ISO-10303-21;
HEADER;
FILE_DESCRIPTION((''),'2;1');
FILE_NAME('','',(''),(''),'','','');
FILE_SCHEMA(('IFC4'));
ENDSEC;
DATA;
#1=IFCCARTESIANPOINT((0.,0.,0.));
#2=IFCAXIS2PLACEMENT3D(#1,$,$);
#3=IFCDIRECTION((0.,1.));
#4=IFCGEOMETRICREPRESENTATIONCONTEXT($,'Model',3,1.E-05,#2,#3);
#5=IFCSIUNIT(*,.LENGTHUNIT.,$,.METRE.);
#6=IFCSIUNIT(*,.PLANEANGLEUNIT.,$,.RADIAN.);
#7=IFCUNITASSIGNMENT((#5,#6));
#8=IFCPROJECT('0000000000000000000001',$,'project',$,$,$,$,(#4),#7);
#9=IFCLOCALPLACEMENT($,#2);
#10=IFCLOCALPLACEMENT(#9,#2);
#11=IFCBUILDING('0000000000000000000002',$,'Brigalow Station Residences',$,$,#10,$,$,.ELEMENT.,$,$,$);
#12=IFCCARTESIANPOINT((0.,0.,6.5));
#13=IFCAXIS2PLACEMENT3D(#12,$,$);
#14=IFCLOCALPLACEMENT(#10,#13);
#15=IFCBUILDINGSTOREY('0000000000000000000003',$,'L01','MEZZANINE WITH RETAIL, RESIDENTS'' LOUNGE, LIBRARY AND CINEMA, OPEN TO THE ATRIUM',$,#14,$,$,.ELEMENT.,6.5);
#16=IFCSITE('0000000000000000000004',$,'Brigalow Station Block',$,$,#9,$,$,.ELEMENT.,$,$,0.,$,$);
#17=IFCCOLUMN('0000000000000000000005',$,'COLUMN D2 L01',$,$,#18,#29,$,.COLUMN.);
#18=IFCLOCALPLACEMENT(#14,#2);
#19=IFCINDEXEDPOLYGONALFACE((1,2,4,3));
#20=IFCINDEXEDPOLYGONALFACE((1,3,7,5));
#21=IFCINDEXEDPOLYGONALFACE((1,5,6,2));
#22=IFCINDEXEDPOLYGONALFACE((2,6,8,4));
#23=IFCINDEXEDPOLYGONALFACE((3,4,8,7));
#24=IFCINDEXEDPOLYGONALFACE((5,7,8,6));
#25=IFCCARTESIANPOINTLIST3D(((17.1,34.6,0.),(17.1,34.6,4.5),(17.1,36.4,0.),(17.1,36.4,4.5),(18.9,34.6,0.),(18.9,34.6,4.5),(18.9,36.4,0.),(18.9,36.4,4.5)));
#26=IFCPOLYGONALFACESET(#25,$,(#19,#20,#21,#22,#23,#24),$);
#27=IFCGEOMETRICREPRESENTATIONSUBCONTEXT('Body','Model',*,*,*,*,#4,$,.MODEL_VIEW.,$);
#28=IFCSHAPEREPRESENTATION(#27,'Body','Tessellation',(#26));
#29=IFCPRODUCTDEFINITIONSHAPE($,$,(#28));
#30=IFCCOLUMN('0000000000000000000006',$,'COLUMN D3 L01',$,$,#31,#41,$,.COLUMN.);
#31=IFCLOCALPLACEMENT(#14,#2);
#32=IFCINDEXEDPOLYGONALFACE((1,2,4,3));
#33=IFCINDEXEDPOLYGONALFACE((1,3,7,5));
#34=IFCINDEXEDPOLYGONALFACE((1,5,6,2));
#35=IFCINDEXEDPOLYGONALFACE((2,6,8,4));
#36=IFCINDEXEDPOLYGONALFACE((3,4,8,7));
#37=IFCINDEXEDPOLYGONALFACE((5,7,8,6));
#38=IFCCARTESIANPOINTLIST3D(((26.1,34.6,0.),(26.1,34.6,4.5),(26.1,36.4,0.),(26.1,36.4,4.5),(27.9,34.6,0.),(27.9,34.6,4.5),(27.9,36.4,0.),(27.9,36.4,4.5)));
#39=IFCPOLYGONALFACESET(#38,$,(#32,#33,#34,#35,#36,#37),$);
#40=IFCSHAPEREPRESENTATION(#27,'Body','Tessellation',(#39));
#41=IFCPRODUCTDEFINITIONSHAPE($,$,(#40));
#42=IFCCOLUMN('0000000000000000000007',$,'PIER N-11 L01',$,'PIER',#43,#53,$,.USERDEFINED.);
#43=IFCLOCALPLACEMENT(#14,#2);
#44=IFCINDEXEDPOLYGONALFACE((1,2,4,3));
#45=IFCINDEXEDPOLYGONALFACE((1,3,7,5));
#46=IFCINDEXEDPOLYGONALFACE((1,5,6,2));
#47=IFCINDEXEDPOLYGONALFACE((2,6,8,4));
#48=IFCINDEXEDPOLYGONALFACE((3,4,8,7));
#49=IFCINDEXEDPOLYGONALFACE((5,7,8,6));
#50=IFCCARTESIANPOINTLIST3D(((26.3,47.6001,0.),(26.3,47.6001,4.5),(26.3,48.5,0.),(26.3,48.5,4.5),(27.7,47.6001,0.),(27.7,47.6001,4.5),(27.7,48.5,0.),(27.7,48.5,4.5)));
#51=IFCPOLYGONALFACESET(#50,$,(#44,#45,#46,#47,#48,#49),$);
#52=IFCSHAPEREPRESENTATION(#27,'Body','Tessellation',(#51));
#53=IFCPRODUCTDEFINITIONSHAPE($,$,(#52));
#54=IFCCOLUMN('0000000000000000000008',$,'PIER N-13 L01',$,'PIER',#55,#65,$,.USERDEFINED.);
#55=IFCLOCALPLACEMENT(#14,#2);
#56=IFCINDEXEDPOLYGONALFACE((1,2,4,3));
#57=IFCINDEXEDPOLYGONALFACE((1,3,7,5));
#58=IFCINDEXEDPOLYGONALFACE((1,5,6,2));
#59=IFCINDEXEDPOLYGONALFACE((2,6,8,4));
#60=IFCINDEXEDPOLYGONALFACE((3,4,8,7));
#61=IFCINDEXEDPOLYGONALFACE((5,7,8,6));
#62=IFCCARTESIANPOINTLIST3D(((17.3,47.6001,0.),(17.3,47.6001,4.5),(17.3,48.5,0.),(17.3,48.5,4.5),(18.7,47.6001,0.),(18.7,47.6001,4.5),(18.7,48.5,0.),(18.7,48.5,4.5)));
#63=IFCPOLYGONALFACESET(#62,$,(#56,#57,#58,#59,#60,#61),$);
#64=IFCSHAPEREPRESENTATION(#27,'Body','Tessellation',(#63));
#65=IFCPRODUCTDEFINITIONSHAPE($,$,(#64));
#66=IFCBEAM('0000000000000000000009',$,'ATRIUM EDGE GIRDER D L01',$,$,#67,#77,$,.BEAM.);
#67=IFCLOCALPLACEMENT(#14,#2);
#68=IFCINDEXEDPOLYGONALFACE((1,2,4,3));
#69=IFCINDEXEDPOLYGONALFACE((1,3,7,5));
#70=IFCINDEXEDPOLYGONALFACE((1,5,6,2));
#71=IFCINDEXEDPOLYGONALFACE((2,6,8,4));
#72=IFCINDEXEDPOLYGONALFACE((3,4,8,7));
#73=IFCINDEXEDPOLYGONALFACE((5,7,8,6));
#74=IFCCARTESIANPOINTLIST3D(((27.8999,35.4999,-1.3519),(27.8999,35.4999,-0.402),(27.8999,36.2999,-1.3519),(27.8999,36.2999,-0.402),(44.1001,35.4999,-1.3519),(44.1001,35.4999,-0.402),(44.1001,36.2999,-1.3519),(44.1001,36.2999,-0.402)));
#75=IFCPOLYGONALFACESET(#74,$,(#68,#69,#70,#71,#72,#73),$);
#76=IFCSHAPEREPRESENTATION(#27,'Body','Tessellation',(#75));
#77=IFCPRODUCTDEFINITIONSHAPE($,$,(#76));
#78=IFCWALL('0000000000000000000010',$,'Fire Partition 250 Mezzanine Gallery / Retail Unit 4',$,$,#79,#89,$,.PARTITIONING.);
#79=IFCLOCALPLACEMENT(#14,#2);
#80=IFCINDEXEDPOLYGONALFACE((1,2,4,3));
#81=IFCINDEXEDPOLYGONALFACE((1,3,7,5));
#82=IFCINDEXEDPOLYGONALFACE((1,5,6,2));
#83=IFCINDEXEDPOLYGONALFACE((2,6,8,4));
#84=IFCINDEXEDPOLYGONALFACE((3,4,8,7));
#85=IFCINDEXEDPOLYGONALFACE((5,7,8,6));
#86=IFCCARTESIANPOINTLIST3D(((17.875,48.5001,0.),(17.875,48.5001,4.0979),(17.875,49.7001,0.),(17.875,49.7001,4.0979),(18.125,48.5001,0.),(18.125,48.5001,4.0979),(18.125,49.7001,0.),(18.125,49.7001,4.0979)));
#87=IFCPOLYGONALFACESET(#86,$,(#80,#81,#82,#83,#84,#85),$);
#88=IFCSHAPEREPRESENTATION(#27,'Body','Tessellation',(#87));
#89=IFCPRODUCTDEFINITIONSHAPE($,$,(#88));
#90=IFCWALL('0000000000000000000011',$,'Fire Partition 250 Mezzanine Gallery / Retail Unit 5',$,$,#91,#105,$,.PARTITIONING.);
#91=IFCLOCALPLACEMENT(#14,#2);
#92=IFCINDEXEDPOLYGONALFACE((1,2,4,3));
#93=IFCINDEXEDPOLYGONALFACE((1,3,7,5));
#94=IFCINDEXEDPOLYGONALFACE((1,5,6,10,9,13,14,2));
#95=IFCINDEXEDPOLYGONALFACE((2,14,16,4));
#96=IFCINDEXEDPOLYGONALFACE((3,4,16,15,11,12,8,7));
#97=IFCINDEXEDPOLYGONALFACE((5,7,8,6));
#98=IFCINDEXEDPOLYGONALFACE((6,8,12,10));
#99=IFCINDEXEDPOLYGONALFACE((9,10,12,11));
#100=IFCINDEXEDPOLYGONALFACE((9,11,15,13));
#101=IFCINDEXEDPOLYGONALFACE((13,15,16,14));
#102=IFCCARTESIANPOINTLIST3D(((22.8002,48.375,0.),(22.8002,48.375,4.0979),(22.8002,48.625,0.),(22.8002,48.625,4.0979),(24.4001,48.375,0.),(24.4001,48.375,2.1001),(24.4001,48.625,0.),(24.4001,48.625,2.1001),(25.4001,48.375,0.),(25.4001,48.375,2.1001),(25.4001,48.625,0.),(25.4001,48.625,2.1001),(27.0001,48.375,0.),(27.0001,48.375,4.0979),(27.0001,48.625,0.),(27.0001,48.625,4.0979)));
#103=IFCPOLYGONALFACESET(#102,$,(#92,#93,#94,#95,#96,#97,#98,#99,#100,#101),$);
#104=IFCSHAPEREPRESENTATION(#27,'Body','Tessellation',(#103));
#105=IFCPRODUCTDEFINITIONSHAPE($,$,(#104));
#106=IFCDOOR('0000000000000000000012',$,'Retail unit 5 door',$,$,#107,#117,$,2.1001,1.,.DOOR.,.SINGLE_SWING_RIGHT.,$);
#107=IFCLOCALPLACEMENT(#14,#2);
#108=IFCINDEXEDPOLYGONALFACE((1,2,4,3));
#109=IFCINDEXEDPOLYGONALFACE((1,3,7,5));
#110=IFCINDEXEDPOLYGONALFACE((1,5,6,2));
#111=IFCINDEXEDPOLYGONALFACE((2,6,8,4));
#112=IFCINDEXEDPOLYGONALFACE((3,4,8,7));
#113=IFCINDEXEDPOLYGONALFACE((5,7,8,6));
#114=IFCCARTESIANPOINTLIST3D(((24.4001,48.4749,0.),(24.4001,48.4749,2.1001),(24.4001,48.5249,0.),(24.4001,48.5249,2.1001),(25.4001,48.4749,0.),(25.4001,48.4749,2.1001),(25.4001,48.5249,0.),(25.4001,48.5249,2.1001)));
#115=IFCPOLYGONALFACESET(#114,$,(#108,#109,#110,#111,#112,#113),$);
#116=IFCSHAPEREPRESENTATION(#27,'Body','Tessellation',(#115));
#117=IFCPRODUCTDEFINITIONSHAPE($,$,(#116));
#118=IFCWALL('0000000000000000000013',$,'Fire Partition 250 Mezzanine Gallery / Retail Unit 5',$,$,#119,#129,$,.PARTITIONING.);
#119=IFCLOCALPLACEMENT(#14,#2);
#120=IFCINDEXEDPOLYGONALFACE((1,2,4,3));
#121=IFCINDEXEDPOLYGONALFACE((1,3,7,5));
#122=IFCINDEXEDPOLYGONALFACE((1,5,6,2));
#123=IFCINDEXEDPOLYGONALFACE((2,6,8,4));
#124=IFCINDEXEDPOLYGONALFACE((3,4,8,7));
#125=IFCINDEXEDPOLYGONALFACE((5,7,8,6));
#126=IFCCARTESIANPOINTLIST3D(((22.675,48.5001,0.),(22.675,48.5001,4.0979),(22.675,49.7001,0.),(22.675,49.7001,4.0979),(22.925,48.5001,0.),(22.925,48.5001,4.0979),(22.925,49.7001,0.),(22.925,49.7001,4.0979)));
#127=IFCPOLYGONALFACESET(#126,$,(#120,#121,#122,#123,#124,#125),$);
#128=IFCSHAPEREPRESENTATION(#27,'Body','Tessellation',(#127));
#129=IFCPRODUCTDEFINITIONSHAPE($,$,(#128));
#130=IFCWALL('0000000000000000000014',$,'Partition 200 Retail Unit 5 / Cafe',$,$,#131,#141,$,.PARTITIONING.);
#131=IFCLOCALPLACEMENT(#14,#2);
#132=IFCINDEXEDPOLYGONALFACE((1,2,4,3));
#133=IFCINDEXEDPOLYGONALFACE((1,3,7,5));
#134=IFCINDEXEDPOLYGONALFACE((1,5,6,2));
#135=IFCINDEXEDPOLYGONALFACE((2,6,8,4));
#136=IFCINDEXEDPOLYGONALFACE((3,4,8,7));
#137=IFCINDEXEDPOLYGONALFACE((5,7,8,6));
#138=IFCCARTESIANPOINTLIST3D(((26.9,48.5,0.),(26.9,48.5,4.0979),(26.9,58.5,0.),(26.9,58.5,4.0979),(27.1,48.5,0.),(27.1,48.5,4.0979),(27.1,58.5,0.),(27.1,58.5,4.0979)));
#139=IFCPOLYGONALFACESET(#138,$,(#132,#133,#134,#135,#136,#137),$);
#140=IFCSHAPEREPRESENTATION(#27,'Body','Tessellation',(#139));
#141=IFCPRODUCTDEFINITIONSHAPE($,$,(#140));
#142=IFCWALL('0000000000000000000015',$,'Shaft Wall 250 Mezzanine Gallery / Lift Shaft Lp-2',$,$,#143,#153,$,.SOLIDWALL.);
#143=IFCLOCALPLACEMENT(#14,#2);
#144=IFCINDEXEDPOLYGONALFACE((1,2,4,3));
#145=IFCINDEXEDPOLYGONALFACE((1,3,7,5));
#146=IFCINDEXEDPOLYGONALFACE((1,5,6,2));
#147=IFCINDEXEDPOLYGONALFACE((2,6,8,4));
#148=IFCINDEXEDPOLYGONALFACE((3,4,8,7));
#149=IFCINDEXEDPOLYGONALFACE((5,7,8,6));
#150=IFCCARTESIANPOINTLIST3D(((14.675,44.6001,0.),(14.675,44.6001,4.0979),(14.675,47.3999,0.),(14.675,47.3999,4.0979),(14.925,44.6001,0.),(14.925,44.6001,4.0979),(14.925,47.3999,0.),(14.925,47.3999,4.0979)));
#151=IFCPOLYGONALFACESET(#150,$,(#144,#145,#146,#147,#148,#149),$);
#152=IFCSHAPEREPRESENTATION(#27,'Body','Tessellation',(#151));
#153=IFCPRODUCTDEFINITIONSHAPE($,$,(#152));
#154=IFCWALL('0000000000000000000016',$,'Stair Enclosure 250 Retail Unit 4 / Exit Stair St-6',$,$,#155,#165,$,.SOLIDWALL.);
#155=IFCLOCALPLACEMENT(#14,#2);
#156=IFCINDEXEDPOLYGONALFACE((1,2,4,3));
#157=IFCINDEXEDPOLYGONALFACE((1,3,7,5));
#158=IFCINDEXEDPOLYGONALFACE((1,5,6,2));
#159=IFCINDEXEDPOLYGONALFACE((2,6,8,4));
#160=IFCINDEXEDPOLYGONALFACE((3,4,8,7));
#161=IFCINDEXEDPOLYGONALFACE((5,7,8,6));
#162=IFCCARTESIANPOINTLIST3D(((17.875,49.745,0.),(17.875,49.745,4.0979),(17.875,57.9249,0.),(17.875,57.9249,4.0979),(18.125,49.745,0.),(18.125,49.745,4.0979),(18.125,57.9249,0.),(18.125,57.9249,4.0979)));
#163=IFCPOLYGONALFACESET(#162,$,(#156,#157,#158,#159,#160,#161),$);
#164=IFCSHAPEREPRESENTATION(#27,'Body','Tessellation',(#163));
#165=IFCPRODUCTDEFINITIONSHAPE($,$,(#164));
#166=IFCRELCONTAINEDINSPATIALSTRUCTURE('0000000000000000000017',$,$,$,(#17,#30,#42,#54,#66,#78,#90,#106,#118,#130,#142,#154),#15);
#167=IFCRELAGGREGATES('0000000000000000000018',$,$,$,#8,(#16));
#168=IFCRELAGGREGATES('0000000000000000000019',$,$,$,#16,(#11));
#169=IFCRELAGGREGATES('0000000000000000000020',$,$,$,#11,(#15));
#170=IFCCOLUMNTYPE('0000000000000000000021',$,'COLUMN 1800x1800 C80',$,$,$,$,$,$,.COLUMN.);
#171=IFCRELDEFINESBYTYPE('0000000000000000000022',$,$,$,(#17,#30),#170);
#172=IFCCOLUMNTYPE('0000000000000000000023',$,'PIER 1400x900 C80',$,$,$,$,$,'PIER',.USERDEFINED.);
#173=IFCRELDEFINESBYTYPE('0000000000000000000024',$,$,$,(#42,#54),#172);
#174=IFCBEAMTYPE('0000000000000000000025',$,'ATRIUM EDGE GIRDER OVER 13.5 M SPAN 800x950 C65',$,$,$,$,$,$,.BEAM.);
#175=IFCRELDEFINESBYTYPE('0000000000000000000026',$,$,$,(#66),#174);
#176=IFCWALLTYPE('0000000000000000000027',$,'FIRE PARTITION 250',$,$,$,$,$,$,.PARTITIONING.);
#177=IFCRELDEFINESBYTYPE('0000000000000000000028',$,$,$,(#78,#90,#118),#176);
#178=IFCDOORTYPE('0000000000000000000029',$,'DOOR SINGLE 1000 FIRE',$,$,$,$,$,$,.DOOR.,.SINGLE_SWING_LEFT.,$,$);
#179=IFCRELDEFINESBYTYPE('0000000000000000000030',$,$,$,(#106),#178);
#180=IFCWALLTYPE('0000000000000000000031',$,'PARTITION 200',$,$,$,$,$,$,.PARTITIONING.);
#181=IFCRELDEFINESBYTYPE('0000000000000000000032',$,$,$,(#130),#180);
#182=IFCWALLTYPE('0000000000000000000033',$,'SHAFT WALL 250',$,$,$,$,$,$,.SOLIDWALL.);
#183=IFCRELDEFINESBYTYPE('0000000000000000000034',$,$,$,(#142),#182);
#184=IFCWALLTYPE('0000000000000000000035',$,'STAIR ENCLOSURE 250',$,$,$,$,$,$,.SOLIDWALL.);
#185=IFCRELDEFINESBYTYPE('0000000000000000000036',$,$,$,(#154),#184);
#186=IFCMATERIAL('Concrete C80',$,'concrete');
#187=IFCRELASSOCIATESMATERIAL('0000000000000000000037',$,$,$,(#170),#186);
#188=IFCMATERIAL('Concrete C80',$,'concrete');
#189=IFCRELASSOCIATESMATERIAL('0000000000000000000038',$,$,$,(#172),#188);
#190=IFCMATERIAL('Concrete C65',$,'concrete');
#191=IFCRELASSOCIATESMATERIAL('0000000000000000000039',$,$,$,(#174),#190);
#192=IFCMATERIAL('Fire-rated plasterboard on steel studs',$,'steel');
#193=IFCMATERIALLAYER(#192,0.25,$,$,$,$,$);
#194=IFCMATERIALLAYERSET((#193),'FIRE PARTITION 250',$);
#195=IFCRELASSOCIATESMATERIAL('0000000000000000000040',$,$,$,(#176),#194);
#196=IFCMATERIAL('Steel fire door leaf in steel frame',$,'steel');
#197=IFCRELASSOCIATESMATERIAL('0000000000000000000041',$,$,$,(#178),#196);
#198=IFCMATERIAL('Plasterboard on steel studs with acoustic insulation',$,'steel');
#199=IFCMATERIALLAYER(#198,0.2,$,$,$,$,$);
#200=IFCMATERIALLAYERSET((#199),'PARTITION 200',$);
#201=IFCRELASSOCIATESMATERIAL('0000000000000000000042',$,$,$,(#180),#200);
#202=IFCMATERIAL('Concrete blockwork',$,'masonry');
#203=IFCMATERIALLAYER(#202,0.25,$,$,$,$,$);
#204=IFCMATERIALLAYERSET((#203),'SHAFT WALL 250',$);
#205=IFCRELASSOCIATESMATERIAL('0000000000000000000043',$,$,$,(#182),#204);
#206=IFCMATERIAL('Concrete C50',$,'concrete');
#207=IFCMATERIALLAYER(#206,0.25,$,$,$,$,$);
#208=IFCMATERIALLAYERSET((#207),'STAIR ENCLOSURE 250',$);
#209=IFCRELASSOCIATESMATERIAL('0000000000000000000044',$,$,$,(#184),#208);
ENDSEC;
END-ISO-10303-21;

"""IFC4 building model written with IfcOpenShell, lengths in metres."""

from ifc_helpers import new_model, si_unit, direction, frame, frame_2d, origin, origin_2d, place, context, subcontext, project, spatial, rectangle, extrude, material, layer, layer_set, material_profile, profile_set, type_object, element, fill, save


model = new_model("IFC4")

# Units and contexts
model_context = context("Model", 3, precision=1e-05, world=origin(), true_north=direction((0.0, 1.0)))
body_context = subcontext(model_context, "Body", "Model", "MODEL_VIEW")
ifc_project = project(units=[si_unit("LENGTHUNIT", "METRE"), si_unit("PLANEANGLEUNIT", "RADIAN")], contexts=[model_context])

# Site, building, storey
site_placement = place(None, origin())
site = spatial("IfcSite", under=ifc_project, at=site_placement, Name="Brigalow Station Block", CompositionType="ELEMENT", RefElevation=0.0)
building_placement = place(site_placement, origin())
building = spatial("IfcBuilding", under=site, at=building_placement, Name="Brigalow Station Residences", CompositionType="ELEMENT")
storey_placement = place(building_placement, frame((0.0, 0.0, 6.5)))
storey = spatial("IfcBuildingStorey", under=building, at=storey_placement, Name="L01", Description="MEZZANINE WITH RETAIL, RESIDENTS' LOUNGE, LIBRARY AND CINEMA, OPEN TO THE ATRIUM", CompositionType="ELEMENT", Elevation=6.5)

# Columns
ifc_material_1 = material(Name="Concrete C80", Category="concrete")
ifc_material_profile_1 = material_profile(ifc_material_1, rectangle(XDim=1.8, YDim=1.8, at=origin_2d()), Name="RC1800x1800")
ifc_profile_set_1 = profile_set([ifc_material_profile_1], Name="Concrete C80")
column_type_1 = type_object("IfcColumnType", Name="COLUMN 1800x1800 C80", PredefinedType="COLUMN", material=ifc_profile_set_1)
for number, where, z_axis, x_axis, name in (
    (1, (18.0, 35.5, 0.0), (0.0, 0.0, 1.0), (1.0, 0.0, 0.0), "COLUMN D2 L01"),
    (2, (27.0, 35.5, 0.0), (0.0, 0.0, 1.0), (1.0, 0.0, 0.0), "COLUMN D3 L01"),
):
    element("IfcColumn", number, at=place(storey_placement, frame(where, z_axis=z_axis, x_axis=x_axis)), inside=storey, type_object=column_type_1, Name=name, PredefinedType="COLUMN", context=body_context, shape_type="SweptSolid", body=[
        extrude(rectangle(XDim=1.8, YDim=1.8, at=origin_2d()), origin(), (0.0, 0.0, 1.0), 4.5),
    ])
ifc_material_2 = material(Name="Concrete C80", Category="concrete")
ifc_material_profile_2 = material_profile(ifc_material_2, rectangle(XDim=1.3999, YDim=0.8999, at=origin_2d()), Name="RC1400x900")
ifc_profile_set_2 = profile_set([ifc_material_profile_2], Name="Concrete C80")
column_type_2 = type_object("IfcColumnType", Name="PIER 1400x900 C80", ElementType="PIER", PredefinedType="USERDEFINED", material=ifc_profile_set_2)
for number, where, z_axis, x_axis, name in (
    (3, (27.0, 48.05, 0.0), (0.0, 0.0, 1.0), (-1.0, 0.0, 0.0), "PIER N-11 L01"),
    (4, (18.0, 48.05, 0.0), (0.0, 0.0, 1.0), (-1.0, 0.0, 0.0), "PIER N-13 L01"),
):
    element("IfcColumn", number, at=place(storey_placement, frame(where, z_axis=z_axis, x_axis=x_axis)), inside=storey, type_object=column_type_2, Name=name, ObjectType="PIER", PredefinedType="USERDEFINED", context=body_context, shape_type="SweptSolid", body=[
        extrude(rectangle(XDim=1.3999, YDim=0.8999, at=origin_2d()), origin(), (0.0, 0.0, 1.0), 4.5),
    ])

# Beam
ifc_material_3 = material(Name="Concrete C65", Category="concrete")
ifc_material_profile_3 = material_profile(ifc_material_3, rectangle(XDim=0.8, YDim=0.95, at=origin_2d()), Name="RC800x950")
ifc_profile_set_3 = profile_set([ifc_material_profile_3], Name="Concrete C65")
beam_type = type_object("IfcBeamType", Name="ATRIUM EDGE GIRDER OVER 13.5 M SPAN 800x950 C65", PredefinedType="BEAM", material=ifc_profile_set_3)
beam_placement = place(storey_placement, frame((27.8999, 35.8999, -0.877), z_axis=(1.0, 0.0, 0.0), x_axis=(0.0, 1.0, 0.0)))
element("IfcBeam", 5, at=beam_placement, inside=storey, type_object=beam_type, Name="ATRIUM EDGE GIRDER D L01", PredefinedType="BEAM", context=body_context, shape_type="SweptSolid", body=[
    extrude(rectangle(XDim=0.8, YDim=0.95, at=origin_2d()), origin(), (0.0, 0.0, 1.0), 16.2002),
])

# Wall
ifc_material_4 = material(Name="Fire-rated plasterboard on steel studs", Category="steel")
ifc_layer_1 = layer(ifc_material_4, 0.25)
ifc_layer_set_1 = layer_set([ifc_layer_1], Name="FIRE PARTITION 250")
wall_type_1 = type_object("IfcWallType", Name="FIRE PARTITION 250", PredefinedType="PARTITIONING", material=ifc_layer_set_1)
wall_1_placement = place(storey_placement, frame((18.0, 48.5, 0.0), z_axis=(0.0, 0.0, 1.0), x_axis=(0.0, 1.0, 0.0)))
element("IfcWall", 6, at=wall_1_placement, inside=storey, type_object=wall_type_1, Name="Fire Partition 250 Mezzanine Gallery / Retail Unit 4", PredefinedType="PARTITIONING", context=body_context, shape_type="SweptSolid", body=[
    extrude(rectangle(XDim=1.2, YDim=0.25, at=frame_2d((0.6001, 0.0))), origin(), (0.0, 0.0, 1.0), 4.0979),
])

# Wall, opening, door
wall_2_placement = place(storey_placement, frame((22.8, 48.5, 0.0), z_axis=(0.0, 0.0, 1.0), x_axis=(1.0, 0.0, 0.0)))
wall_2 = element("IfcWall", 7, at=wall_2_placement, inside=storey, type_object=wall_type_1, Name="Fire Partition 250 Mezzanine Gallery / Retail Unit 5", PredefinedType="PARTITIONING", context=body_context, shape_type="SweptSolid", body=[
    extrude(rectangle(XDim=4.2, YDim=0.25, at=frame_2d((2.1001, 0.0))), origin(), (0.0, 0.0, 1.0), 4.0979),
])
opening_1_placement = place(wall_2_placement, frame((1.6001, 0.0, 0.0)))
opening_1 = element("IfcOpeningElement", 8, at=opening_1_placement, cuts=wall_2, PredefinedType="OPENING", context=body_context, shape_type="SweptSolid", body=[
    extrude(rectangle(XDim=1.0, YDim=2.1001, at=frame_2d((0.5, 1.05))), frame((0.0, 0.135, 0.0), z_axis=(0.0, -1.0, 0.0), x_axis=(1.0, 0.0, 0.0)), (0.0, 0.0, 1.0), 0.27),
])
ifc_material_5 = material(Name="Steel fire door leaf in steel frame", Category="steel")
door_type_1 = type_object("IfcDoorType", Name="DOOR SINGLE 1000 FIRE", OperationType="SINGLE_SWING_LEFT", PredefinedType="DOOR", material=ifc_material_5)
door_1_placement = place(opening_1_placement, origin())
door_1 = element("IfcDoor", 9, at=door_1_placement, inside=storey, type_object=door_type_1, Name="Retail unit 5 door", OperationType="SINGLE_SWING_RIGHT", OverallHeight=2.1001, OverallWidth=1.0, PredefinedType="DOOR", context=body_context, shape_type="SweptSolid", body=[
    extrude(rectangle(XDim=1.0, YDim=2.1001, at=frame_2d((0.5, 1.05))), frame((0.0, 0.0249, 0.0), z_axis=(0.0, -1.0, 0.0), x_axis=(1.0, 0.0, 0.0)), (0.0, 0.0, 1.0), 0.05),
])
fill(opening_1, door_1)

# Wall
wall_3_placement = place(storey_placement, frame((22.8, 48.5, 0.0), z_axis=(0.0, 0.0, 1.0), x_axis=(0.0, 1.0, 0.0)))
element("IfcWall", 10, at=wall_3_placement, inside=storey, type_object=wall_type_1, Name="Fire Partition 250 Mezzanine Gallery / Retail Unit 5", PredefinedType="PARTITIONING", context=body_context, shape_type="SweptSolid", body=[
    extrude(rectangle(XDim=1.2, YDim=0.25, at=frame_2d((0.6001, 0.0))), origin(), (0.0, 0.0, 1.0), 4.0979),
])

# Walls
ifc_material_6 = material(Name="Plasterboard on steel studs with acoustic insulation", Category="steel")
ifc_layer_2 = layer(ifc_material_6, 0.2)
ifc_layer_set_2 = layer_set([ifc_layer_2], Name="PARTITION 200")
wall_type_2 = type_object("IfcWallType", Name="PARTITION 200", PredefinedType="PARTITIONING", material=ifc_layer_set_2)
wall_4_placement = place(storey_placement, frame((27.0, 48.5, 0.0), z_axis=(0.0, 0.0, 1.0), x_axis=(0.0, 1.0, 0.0)))
element("IfcWall", 11, at=wall_4_placement, inside=storey, type_object=wall_type_2, Name="Partition 200 Retail Unit 5 / Cafe", PredefinedType="PARTITIONING", context=body_context, shape_type="SweptSolid", body=[
    extrude(rectangle(XDim=10.0, YDim=0.2, at=frame_2d((5.0, 0.0))), origin(), (0.0, 0.0, 1.0), 4.0979),
])
ifc_material_7 = material(Name="Concrete blockwork", Category="masonry")
ifc_layer_3 = layer(ifc_material_7, 0.25)
ifc_layer_set_3 = layer_set([ifc_layer_3], Name="SHAFT WALL 250")
wall_type_3 = type_object("IfcWallType", Name="SHAFT WALL 250", PredefinedType="SOLIDWALL", material=ifc_layer_set_3)
wall_5_placement = place(storey_placement, frame((14.8, 44.6001, 0.0), z_axis=(0.0, 0.0, 1.0), x_axis=(0.0, 1.0, 0.0)))
element("IfcWall", 12, at=wall_5_placement, inside=storey, type_object=wall_type_3, Name="Shaft Wall 250 Mezzanine Gallery / Lift Shaft Lp-2", PredefinedType="SOLIDWALL", context=body_context, shape_type="SweptSolid", body=[
    extrude(rectangle(XDim=2.7998, YDim=0.25, at=frame_2d((1.3999, 0.0))), origin(), (0.0, 0.0, 1.0), 4.0979),
])

# Shared definitions
ifc_material_8 = material(Name="Concrete C50", Category="concrete")
ifc_layer_4 = layer(ifc_material_8, 0.25)
ifc_layer_set_4 = layer_set([ifc_layer_4], Name="STAIR ENCLOSURE 250")
wall_type_4 = type_object("IfcWallType", Name="STAIR ENCLOSURE 250", PredefinedType="SOLIDWALL", material=ifc_layer_set_4)

# Wall
wall_6_placement = place(storey_placement, frame((18.0, 49.7451, 0.0), z_axis=(0.0, 0.0, 1.0), x_axis=(0.0, 1.0, 0.0)))
element("IfcWall", 13, at=wall_6_placement, inside=storey, type_object=wall_type_4, Name="Stair Enclosure 250 Retail Unit 4 / Exit Stair St-6", PredefinedType="SOLIDWALL", context=body_context, shape_type="SweptSolid", body=[
    extrude(rectangle(XDim=8.1799, YDim=0.25, at=frame_2d((4.0898, 0.0))), origin(), (0.0, 0.0, 1.0), 4.0979),
])

save(model, "model.ifc")
